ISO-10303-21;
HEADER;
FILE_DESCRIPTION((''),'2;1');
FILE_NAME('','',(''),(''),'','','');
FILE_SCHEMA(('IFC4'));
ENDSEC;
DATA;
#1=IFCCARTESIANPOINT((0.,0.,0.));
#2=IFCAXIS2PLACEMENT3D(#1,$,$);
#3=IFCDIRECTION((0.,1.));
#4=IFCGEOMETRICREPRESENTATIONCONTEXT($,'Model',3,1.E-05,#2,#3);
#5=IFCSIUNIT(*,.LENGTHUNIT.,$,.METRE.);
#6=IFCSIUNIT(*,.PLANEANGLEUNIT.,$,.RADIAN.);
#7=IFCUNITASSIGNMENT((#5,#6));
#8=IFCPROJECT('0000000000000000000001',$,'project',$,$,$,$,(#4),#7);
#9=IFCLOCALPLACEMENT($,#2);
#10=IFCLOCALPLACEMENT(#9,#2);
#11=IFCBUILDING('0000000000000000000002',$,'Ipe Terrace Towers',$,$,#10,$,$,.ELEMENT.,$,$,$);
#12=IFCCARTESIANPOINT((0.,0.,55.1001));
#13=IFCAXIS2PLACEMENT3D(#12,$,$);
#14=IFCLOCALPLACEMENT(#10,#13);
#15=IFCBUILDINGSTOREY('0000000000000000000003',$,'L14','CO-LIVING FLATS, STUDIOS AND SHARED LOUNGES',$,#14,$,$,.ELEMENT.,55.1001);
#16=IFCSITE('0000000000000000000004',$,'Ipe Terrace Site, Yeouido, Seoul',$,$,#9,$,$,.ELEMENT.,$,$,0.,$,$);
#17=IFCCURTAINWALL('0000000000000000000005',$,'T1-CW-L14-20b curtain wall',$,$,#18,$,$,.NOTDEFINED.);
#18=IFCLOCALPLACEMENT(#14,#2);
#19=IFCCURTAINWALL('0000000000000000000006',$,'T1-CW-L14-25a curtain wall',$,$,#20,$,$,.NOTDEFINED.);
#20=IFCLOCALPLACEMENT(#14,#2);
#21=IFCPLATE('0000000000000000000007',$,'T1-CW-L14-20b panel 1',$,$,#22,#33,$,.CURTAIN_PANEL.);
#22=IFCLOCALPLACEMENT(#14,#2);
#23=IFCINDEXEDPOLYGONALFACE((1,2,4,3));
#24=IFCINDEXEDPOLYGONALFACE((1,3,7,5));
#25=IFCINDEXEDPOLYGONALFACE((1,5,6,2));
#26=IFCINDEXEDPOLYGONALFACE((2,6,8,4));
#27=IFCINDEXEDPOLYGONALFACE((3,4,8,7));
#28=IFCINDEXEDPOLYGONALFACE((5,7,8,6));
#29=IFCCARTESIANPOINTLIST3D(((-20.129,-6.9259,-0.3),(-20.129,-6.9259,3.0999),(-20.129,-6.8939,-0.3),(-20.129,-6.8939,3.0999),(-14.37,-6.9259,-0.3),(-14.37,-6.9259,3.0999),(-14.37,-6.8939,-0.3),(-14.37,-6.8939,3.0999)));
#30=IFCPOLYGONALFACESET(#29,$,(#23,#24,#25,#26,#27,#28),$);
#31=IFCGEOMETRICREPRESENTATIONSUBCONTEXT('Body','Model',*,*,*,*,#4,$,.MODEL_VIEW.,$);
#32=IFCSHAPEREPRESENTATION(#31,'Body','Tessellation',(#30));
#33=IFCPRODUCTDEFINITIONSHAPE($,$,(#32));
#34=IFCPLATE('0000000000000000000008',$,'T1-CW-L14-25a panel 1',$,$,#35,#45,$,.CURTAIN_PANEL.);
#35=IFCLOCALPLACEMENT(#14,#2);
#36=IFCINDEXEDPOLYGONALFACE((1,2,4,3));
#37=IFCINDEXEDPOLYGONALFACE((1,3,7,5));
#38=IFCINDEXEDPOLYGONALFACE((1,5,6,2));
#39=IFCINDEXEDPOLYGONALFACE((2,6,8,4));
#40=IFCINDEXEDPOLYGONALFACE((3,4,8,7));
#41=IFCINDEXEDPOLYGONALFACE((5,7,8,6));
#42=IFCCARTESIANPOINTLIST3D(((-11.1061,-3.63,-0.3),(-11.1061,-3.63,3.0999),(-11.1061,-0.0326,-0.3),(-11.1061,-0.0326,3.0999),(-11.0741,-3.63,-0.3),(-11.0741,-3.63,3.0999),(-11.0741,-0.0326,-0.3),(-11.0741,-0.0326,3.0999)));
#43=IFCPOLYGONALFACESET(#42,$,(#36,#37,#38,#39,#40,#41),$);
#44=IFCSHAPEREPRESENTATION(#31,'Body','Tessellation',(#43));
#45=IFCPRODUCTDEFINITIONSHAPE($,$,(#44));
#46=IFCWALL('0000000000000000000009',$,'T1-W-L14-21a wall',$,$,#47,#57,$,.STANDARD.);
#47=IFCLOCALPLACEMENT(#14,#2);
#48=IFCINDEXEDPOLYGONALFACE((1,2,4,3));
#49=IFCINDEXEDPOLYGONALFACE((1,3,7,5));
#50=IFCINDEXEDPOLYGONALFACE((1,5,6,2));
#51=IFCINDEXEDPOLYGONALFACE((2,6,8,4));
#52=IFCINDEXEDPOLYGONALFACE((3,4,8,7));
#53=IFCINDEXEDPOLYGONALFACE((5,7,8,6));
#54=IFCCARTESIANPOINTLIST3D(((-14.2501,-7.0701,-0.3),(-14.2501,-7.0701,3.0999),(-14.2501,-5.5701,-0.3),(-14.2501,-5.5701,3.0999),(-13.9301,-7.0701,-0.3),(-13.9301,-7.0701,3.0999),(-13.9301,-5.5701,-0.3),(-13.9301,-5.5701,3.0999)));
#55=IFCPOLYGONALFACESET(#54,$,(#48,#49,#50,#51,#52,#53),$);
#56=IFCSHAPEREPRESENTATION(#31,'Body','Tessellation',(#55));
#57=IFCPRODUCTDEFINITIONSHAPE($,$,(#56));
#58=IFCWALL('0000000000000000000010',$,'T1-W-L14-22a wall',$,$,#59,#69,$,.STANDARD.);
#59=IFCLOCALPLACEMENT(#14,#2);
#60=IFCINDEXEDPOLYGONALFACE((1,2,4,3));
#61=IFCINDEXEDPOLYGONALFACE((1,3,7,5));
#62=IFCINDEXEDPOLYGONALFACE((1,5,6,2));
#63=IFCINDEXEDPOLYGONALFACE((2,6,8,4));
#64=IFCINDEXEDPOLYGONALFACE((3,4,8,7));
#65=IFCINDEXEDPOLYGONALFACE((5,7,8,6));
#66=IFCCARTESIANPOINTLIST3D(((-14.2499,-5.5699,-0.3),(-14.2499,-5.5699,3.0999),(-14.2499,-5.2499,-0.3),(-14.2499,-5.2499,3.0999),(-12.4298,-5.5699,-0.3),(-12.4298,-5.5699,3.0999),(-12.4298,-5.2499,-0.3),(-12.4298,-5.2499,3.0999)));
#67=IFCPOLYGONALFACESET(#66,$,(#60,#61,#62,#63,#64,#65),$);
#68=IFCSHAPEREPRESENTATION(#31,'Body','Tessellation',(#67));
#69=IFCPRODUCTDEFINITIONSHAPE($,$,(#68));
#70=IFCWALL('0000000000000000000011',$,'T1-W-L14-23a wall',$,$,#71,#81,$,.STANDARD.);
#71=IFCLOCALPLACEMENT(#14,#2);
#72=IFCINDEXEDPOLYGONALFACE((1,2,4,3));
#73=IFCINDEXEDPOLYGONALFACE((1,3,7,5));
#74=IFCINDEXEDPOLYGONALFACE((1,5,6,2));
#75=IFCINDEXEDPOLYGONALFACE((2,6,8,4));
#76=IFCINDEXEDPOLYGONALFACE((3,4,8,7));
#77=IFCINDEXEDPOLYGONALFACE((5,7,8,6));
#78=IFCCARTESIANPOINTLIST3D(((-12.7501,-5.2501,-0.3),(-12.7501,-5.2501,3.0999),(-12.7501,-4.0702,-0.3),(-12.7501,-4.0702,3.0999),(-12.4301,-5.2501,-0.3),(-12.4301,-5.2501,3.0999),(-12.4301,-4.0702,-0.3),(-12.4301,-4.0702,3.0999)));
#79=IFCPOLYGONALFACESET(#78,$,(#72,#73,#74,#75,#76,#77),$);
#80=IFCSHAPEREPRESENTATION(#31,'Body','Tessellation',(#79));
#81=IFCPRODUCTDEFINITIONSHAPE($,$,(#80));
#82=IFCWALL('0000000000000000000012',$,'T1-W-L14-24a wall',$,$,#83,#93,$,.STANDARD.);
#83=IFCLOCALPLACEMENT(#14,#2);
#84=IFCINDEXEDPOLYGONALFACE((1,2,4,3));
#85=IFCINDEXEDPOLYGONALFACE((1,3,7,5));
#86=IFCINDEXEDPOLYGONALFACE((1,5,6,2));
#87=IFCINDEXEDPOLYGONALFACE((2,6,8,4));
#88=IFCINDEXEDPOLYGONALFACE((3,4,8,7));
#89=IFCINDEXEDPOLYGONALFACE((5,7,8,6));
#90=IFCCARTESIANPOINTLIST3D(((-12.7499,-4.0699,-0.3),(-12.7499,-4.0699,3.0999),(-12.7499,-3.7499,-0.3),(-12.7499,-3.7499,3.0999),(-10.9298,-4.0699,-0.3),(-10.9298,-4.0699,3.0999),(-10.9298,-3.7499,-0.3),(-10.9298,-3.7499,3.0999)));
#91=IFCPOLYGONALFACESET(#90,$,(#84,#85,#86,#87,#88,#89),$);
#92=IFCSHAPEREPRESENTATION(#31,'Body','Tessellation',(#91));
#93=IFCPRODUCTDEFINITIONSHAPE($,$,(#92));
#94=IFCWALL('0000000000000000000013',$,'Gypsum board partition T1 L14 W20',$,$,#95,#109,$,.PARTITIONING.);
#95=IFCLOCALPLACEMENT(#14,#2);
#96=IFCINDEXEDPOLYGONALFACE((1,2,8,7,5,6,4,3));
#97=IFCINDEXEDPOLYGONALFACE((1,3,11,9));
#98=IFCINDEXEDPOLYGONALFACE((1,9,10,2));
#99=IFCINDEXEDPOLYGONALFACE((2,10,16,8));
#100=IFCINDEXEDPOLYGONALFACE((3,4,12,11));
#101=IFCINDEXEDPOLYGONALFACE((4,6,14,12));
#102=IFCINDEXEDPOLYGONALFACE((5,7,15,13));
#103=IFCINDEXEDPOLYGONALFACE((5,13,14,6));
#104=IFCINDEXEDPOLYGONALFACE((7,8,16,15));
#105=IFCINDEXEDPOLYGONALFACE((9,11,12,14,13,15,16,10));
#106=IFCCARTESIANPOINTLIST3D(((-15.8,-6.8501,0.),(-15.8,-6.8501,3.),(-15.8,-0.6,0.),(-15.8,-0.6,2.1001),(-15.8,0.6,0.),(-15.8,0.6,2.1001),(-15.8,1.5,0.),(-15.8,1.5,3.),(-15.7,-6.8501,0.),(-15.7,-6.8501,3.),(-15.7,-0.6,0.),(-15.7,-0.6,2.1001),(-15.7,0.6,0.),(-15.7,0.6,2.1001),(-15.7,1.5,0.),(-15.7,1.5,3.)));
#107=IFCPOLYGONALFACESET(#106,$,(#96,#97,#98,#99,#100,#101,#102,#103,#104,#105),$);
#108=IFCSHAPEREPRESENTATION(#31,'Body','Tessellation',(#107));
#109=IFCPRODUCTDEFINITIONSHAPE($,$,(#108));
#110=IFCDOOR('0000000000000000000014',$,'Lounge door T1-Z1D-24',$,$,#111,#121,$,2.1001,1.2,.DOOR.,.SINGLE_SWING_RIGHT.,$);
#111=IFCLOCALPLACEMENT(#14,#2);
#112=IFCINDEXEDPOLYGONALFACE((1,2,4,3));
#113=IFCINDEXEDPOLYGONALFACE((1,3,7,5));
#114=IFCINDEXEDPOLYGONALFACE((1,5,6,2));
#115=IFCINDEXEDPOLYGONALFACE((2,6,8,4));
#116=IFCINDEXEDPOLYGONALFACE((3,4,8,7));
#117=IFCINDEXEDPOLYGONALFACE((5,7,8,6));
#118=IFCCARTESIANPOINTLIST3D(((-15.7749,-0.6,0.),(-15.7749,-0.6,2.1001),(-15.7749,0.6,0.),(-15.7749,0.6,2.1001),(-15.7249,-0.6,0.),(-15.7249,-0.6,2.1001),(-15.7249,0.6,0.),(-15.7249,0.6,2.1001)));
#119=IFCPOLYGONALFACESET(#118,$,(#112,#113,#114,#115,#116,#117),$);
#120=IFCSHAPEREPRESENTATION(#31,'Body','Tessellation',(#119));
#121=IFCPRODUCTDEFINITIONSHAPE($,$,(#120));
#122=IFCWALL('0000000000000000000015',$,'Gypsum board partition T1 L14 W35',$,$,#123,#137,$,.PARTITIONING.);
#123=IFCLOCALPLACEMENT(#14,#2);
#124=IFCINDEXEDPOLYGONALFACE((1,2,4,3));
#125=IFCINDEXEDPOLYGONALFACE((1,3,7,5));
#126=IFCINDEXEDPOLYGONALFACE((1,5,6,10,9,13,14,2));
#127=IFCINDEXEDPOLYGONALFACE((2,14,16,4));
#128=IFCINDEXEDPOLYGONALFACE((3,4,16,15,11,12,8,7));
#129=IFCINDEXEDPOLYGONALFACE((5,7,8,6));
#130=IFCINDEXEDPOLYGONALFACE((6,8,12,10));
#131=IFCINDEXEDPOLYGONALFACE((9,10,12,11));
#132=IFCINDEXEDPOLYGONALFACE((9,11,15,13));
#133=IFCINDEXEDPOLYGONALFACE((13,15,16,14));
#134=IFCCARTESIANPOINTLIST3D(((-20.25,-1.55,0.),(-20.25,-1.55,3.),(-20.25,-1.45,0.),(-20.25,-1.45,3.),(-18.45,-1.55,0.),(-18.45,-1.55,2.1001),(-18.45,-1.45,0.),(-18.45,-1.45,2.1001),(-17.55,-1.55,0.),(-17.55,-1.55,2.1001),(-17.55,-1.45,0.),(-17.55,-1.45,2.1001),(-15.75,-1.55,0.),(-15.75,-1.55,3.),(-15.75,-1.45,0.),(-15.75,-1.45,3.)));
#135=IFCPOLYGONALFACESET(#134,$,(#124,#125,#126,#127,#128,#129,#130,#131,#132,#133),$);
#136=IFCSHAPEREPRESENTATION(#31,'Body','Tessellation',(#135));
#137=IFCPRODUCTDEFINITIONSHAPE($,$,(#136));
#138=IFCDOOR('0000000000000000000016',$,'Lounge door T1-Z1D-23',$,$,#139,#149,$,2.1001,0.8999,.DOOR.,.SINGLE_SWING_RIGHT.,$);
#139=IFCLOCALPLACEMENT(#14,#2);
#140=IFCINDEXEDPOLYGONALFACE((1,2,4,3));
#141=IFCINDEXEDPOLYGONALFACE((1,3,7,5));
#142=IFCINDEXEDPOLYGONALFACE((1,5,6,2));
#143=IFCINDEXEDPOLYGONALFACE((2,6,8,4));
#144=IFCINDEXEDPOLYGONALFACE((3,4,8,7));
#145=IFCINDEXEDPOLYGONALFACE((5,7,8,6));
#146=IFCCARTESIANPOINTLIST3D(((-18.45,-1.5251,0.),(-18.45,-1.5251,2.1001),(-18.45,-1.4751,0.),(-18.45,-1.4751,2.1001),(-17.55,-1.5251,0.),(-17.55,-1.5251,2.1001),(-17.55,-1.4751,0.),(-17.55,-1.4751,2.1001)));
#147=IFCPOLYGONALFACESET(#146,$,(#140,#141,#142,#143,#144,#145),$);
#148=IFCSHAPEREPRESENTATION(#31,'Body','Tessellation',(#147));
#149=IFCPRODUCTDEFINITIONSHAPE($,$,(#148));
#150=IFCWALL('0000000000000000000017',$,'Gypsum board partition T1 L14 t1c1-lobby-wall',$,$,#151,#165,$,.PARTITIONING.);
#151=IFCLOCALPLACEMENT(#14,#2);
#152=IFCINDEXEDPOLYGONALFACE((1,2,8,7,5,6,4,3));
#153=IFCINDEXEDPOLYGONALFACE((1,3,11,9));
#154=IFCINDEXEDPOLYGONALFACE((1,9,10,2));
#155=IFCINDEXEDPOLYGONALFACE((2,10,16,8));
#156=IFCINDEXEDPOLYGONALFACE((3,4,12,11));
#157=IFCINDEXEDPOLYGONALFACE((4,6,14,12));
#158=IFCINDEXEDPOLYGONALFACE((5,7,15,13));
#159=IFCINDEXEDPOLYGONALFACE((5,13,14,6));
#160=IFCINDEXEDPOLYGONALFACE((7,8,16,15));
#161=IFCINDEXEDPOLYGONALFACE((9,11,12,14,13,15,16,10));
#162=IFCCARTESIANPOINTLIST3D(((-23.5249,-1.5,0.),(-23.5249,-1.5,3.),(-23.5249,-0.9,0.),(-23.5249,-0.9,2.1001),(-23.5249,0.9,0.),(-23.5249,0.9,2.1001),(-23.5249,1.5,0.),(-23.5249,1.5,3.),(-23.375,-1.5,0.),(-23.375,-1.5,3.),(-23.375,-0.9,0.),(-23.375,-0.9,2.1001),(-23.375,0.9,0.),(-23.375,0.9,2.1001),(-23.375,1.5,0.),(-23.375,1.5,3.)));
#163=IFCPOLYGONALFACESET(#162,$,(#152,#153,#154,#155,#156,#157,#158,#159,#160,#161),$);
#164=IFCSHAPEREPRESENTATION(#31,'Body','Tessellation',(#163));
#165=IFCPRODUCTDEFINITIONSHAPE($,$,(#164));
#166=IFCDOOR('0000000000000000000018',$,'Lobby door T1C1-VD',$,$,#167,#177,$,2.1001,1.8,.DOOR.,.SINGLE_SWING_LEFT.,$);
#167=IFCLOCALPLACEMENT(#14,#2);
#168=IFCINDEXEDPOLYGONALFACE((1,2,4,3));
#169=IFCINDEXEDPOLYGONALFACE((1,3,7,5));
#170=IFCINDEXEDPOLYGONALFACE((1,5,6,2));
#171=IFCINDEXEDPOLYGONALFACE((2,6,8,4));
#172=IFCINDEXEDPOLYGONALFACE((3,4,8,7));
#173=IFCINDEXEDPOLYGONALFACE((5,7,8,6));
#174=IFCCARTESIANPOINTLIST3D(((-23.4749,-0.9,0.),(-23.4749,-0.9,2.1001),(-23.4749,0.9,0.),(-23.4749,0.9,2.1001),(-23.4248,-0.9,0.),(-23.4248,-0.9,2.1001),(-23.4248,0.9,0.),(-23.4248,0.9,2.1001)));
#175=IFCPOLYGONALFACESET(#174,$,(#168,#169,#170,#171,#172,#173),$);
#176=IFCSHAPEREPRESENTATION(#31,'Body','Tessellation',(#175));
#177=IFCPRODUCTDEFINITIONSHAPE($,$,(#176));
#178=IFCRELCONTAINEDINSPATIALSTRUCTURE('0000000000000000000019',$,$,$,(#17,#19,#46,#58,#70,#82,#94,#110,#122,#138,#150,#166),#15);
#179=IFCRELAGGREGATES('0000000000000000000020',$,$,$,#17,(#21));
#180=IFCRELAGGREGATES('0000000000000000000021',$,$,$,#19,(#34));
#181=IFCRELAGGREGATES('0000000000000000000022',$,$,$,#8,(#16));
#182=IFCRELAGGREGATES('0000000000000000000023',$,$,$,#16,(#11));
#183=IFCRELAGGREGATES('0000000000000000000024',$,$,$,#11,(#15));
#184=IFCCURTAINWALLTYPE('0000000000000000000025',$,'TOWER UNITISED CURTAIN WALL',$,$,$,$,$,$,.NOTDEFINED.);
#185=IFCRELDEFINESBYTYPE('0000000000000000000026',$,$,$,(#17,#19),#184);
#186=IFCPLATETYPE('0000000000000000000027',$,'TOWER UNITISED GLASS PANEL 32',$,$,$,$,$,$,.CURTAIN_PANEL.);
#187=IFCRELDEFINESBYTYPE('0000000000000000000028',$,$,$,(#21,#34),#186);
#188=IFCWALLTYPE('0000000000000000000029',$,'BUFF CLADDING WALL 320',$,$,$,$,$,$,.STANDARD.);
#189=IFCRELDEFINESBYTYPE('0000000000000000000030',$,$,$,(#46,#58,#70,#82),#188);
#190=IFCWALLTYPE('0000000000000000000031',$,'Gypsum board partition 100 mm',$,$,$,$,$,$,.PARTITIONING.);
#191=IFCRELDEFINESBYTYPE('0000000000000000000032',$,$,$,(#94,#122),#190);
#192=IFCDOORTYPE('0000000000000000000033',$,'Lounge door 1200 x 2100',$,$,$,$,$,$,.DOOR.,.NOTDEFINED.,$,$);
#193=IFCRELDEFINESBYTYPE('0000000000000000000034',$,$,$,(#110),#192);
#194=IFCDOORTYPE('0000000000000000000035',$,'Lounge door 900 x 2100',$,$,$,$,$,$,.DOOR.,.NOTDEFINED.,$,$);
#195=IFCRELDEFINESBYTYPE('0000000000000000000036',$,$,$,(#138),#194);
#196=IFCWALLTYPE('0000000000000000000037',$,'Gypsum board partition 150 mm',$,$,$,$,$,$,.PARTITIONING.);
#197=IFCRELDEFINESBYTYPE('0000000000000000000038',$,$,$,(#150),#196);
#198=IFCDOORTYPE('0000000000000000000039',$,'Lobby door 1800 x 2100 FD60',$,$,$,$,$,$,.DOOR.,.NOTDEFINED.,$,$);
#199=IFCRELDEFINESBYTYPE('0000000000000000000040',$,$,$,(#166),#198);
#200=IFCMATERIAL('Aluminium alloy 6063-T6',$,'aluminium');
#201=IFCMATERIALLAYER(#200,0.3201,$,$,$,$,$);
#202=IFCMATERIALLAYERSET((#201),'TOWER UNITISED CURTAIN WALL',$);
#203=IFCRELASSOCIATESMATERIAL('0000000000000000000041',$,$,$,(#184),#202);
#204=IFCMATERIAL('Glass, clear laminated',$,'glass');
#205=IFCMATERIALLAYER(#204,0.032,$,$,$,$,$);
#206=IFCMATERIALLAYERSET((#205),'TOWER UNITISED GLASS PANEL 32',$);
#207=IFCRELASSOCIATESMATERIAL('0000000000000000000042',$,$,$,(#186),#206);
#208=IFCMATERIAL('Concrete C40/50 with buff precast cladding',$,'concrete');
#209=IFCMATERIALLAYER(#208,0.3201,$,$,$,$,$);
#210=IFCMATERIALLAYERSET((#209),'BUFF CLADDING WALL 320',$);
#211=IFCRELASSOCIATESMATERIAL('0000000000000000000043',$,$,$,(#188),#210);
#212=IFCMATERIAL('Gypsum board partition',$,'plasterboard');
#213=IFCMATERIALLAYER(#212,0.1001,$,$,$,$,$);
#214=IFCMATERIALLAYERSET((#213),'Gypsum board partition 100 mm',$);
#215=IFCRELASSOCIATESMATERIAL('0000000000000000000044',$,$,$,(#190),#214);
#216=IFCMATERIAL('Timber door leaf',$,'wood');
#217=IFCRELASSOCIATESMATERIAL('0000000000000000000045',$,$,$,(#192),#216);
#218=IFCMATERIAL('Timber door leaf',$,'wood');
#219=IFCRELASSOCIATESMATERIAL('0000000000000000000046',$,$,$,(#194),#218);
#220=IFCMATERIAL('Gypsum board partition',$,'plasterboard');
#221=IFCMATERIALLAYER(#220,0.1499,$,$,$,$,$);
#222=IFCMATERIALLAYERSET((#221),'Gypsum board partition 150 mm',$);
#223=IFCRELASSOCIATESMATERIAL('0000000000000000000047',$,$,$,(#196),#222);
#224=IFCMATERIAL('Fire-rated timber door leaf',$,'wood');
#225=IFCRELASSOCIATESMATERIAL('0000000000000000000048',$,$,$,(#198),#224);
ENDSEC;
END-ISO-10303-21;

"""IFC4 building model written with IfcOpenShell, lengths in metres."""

from ifc_helpers import new_model, si_unit, direction, frame, frame_2d, origin, origin_2d, place, context, subcontext, project, spatial, rectangle, extrude, material, layer, layer_set, type_object, element, fill, aggregate, save


model = new_model("IFC4")

# Units and contexts
model_context = context("Model", 3, precision=1e-05, world=origin(), true_north=direction((0.0, 1.0)))
body_context = subcontext(model_context, "Body", "Model", "MODEL_VIEW")
ifc_project = project(units=[si_unit("LENGTHUNIT", "METRE"), si_unit("PLANEANGLEUNIT", "RADIAN")], contexts=[model_context])

# Site, building, storey
site_placement = place(None, origin())
site = spatial("IfcSite", under=ifc_project, at=site_placement, Name="Ipe Terrace Site, Yeouido, Seoul", CompositionType="ELEMENT", RefElevation=0.0)
building_placement = place(site_placement, origin())
building = spatial("IfcBuilding", under=site, at=building_placement, Name="Ipe Terrace Towers", CompositionType="ELEMENT")
storey_placement = place(building_placement, frame((0.0, 0.0, 55.1001)))
storey = spatial("IfcBuildingStorey", under=building, at=storey_placement, Name="L14", Description="CO-LIVING FLATS, STUDIOS AND SHARED LOUNGES", CompositionType="ELEMENT", Elevation=55.1001)

# Curtain walls
ifc_material_1 = material(Name="Aluminium alloy 6063-T6", Category="aluminium")
ifc_layer_1 = layer(ifc_material_1, 0.3201)
ifc_layer_set_1 = layer_set([ifc_layer_1], Name="TOWER UNITISED CURTAIN WALL")
curtain_wall_type = type_object("IfcCurtainWallType", Name="TOWER UNITISED CURTAIN WALL", PredefinedType="NOTDEFINED", material=ifc_layer_set_1)
curtain_wall_1_placement = place(storey_placement, origin())
curtain_wall_1 = element("IfcCurtainWall", 1, at=curtain_wall_1_placement, inside=storey, type_object=curtain_wall_type, Name="T1-CW-L14-20b curtain wall", PredefinedType="NOTDEFINED")
curtain_wall_2_placement = place(storey_placement, origin())
curtain_wall_2 = element("IfcCurtainWall", 2, at=curtain_wall_2_placement, inside=storey, type_object=curtain_wall_type, Name="T1-CW-L14-25a curtain wall", PredefinedType="NOTDEFINED")

# Plates
ifc_material_2 = material(Name="Glass, clear laminated", Category="glass")
ifc_layer_2 = layer(ifc_material_2, 0.032)
ifc_layer_set_2 = layer_set([ifc_layer_2], Name="TOWER UNITISED GLASS PANEL 32")
plate_type = type_object("IfcPlateType", Name="TOWER UNITISED GLASS PANEL 32", PredefinedType="CURTAIN_PANEL", material=ifc_layer_set_2)
plate_1_placement = place(storey_placement, frame((-17.2495, -6.9099, -0.3), z_axis=(0.0, 0.0, 1.0), x_axis=(1.0, 0.0, 0.0)))
plate_1 = element("IfcPlate", 3, at=plate_1_placement, type_object=plate_type, Name="T1-CW-L14-20b panel 1", PredefinedType="CURTAIN_PANEL", context=body_context, shape_type="SweptSolid", body=[
    extrude(rectangle(XDim=5.759, YDim=0.032, at=origin_2d()), origin(), (0.0, 0.0, 1.0), 3.3999),
])
aggregate(curtain_wall_1, [plate_1])
plate_2_placement = place(storey_placement, frame((-11.0901, -1.8313, -0.3), z_axis=(0.0, 0.0, 1.0), x_axis=(0.0, 1.0, 0.0)))
plate_2 = element("IfcPlate", 4, at=plate_2_placement, type_object=plate_type, Name="T1-CW-L14-25a panel 1", PredefinedType="CURTAIN_PANEL", context=body_context, shape_type="SweptSolid", body=[
    extrude(rectangle(XDim=3.5974, YDim=0.032, at=origin_2d()), origin(), (0.0, 0.0, 1.0), 3.3999),
])
aggregate(curtain_wall_2, [plate_2])

# Walls
ifc_material_3 = material(Name="Concrete C40/50 with buff precast cladding", Category="concrete")
ifc_layer_3 = layer(ifc_material_3, 0.3201)
ifc_layer_set_3 = layer_set([ifc_layer_3], Name="BUFF CLADDING WALL 320")
wall_type_1 = type_object("IfcWallType", Name="BUFF CLADDING WALL 320", PredefinedType="STANDARD", material=ifc_layer_set_3)
wall_1_placement = place(storey_placement, frame((-14.0901, -7.0701, -0.3), z_axis=(0.0, 0.0, 1.0), x_axis=(0.0, 1.0, 0.0)))
element("IfcWall", 5, at=wall_1_placement, inside=storey, type_object=wall_type_1, Name="T1-W-L14-21a wall", PredefinedType="STANDARD", context=body_context, shape_type="SweptSolid", body=[
    extrude(rectangle(XDim=1.5, YDim=0.3201, at=frame_2d((0.75, 0.0))), origin(), (0.0, 0.0, 1.0), 3.3999),
])
wall_2_placement = place(storey_placement, frame((-14.25, -5.4099, -0.3), z_axis=(0.0, 0.0, 1.0), x_axis=(1.0, 0.0, 0.0)))
element("IfcWall", 6, at=wall_2_placement, inside=storey, type_object=wall_type_1, Name="T1-W-L14-22a wall", PredefinedType="STANDARD", context=body_context, shape_type="SweptSolid", body=[
    extrude(rectangle(XDim=1.8201, YDim=0.3201, at=frame_2d((0.9102, 0.0))), origin(), (0.0, 0.0, 1.0), 3.3999),
])
wall_3_placement = place(storey_placement, frame((-12.5901, -5.25, -0.3), z_axis=(0.0, 0.0, 1.0), x_axis=(0.0, 1.0, 0.0)))
element("IfcWall", 7, at=wall_3_placement, inside=storey, type_object=wall_type_1, Name="T1-W-L14-23a wall", PredefinedType="STANDARD", context=body_context, shape_type="SweptSolid", body=[
    extrude(rectangle(XDim=1.1799, YDim=0.3201, at=frame_2d((0.5898, 0.0))), origin(), (0.0, 0.0, 1.0), 3.3999),
])
wall_4_placement = place(storey_placement, frame((-12.75, -3.9099, -0.3), z_axis=(0.0, 0.0, 1.0), x_axis=(1.0, 0.0, 0.0)))
element("IfcWall", 8, at=wall_4_placement, inside=storey, type_object=wall_type_1, Name="T1-W-L14-24a wall", PredefinedType="STANDARD", context=body_context, shape_type="SweptSolid", body=[
    extrude(rectangle(XDim=1.8201, YDim=0.3201, at=frame_2d((0.9102, 0.0))), origin(), (0.0, 0.0, 1.0), 3.3999),
])

# Walls, openings, doors
ifc_material_4 = material(Name="Gypsum board partition", Category="plasterboard")
ifc_layer_4 = layer(ifc_material_4, 0.1001)
ifc_layer_set_4 = layer_set([ifc_layer_4], Name="Gypsum board partition 100 mm")
wall_type_2 = type_object("IfcWallType", Name="Gypsum board partition 100 mm", PredefinedType="PARTITIONING", material=ifc_layer_set_4)
wall_5_placement = place(storey_placement, frame((-15.75, -6.8501, 0.0), z_axis=(0.0, 0.0, 1.0), x_axis=(0.0, 1.0, 0.0)))
wall_5 = element("IfcWall", 9, at=wall_5_placement, inside=storey, type_object=wall_type_2, Name="Gypsum board partition T1 L14 W20", PredefinedType="PARTITIONING", context=body_context, shape_type="SweptSolid", body=[
    extrude(rectangle(XDim=8.3501, YDim=0.1001, at=frame_2d((4.175, 0.0))), origin(), (0.0, 0.0, 1.0), 3.0),
])
opening_1_placement = place(wall_5_placement, frame((6.25, 0.0, 0.0)))
opening_1 = element("IfcOpeningElement", 10, at=opening_1_placement, cuts=wall_5, PredefinedType="OPENING", context=body_context, shape_type="SweptSolid", body=[
    extrude(rectangle(XDim=1.2, YDim=2.1001, at=frame_2d((0.6001, 1.05))), frame((0.0, 0.0601, 0.0), z_axis=(0.0, -1.0, 0.0), x_axis=(1.0, 0.0, 0.0)), (0.0, 0.0, 1.0), 0.1201),
])
ifc_material_5 = material(Name="Timber door leaf", Category="wood")
door_type_1 = type_object("IfcDoorType", Name="Lounge door 1200 x 2100", OperationType="NOTDEFINED", PredefinedType="DOOR", material=ifc_material_5)
door_1_placement = place(opening_1_placement, origin())
door_1 = element("IfcDoor", 11, at=door_1_placement, inside=storey, type_object=door_type_1, Name="Lounge door T1-Z1D-24", OperationType="SINGLE_SWING_RIGHT", OverallHeight=2.1001, OverallWidth=1.2, PredefinedType="DOOR", context=body_context, shape_type="SweptSolid", body=[
    extrude(rectangle(XDim=1.2, YDim=2.1001, at=frame_2d((0.6001, 1.05))), frame((0.0, 0.0249, 0.0), z_axis=(0.0, -1.0, 0.0), x_axis=(1.0, 0.0, 0.0)), (0.0, 0.0, 1.0), 0.05),
])
fill(opening_1, door_1)
wall_6_placement = place(storey_placement, frame((-20.25, -1.5, 0.0), z_axis=(0.0, 0.0, 1.0), x_axis=(1.0, 0.0, 0.0)))
wall_6 = element("IfcWall", 12, at=wall_6_placement, inside=storey, type_object=wall_type_2, Name="Gypsum board partition T1 L14 W35", PredefinedType="PARTITIONING", context=body_context, shape_type="SweptSolid", body=[
    extrude(rectangle(XDim=4.5, YDim=0.1001, at=frame_2d((2.25, 0.0))), origin(), (0.0, 0.0, 1.0), 3.0),
])
opening_2_placement = place(wall_6_placement, frame((1.8, 0.0, 0.0)))
opening_2 = element("IfcOpeningElement", 13, at=opening_2_placement, cuts=wall_6, PredefinedType="OPENING", context=body_context, shape_type="SweptSolid", body=[
    extrude(rectangle(XDim=0.8999, YDim=2.1001, at=frame_2d((0.45, 1.05))), frame((0.0, 0.0601, 0.0), z_axis=(0.0, -1.0, 0.0), x_axis=(1.0, 0.0, 0.0)), (0.0, 0.0, 1.0), 0.1201),
])
ifc_material_6 = material(Name="Timber door leaf", Category="wood")
door_type_2 = type_object("IfcDoorType", Name="Lounge door 900 x 2100", OperationType="NOTDEFINED", PredefinedType="DOOR", material=ifc_material_6)
door_2_placement = place(opening_2_placement, origin())
door_2 = element("IfcDoor", 14, at=door_2_placement, inside=storey, type_object=door_type_2, Name="Lounge door T1-Z1D-23", OperationType="SINGLE_SWING_RIGHT", OverallHeight=2.1001, OverallWidth=0.8999, PredefinedType="DOOR", context=body_context, shape_type="SweptSolid", body=[
    extrude(rectangle(XDim=0.8999, YDim=2.1001, at=frame_2d((0.45, 1.05))), frame((0.0, 0.0249, 0.0), z_axis=(0.0, -1.0, 0.0), x_axis=(1.0, 0.0, 0.0)), (0.0, 0.0, 1.0), 0.05),
])
fill(opening_2, door_2)
ifc_material_7 = material(Name="Gypsum board partition", Category="plasterboard")
ifc_layer_5 = layer(ifc_material_7, 0.1499)
ifc_layer_set_5 = layer_set([ifc_layer_5], Name="Gypsum board partition 150 mm")
wall_type_3 = type_object("IfcWallType", Name="Gypsum board partition 150 mm", PredefinedType="PARTITIONING", material=ifc_layer_set_5)
wall_7_placement = place(storey_placement, frame((-23.45, -1.5, 0.0), z_axis=(0.0, 0.0, 1.0), x_axis=(0.0, 1.0, 0.0)))
wall_7 = element("IfcWall", 15, at=wall_7_placement, inside=storey, type_object=wall_type_3, Name="Gypsum board partition T1 L14 t1c1-lobby-wall", PredefinedType="PARTITIONING", context=body_context, shape_type="SweptSolid", body=[
    extrude(rectangle(XDim=3.0, YDim=0.1499, at=frame_2d((1.5, 0.0))), origin(), (0.0, 0.0, 1.0), 3.0),
])
opening_3_placement = place(wall_7_placement, frame((0.6001, 0.0, 0.0)))
opening_3 = element("IfcOpeningElement", 16, at=opening_3_placement, cuts=wall_7, PredefinedType="OPENING", context=body_context, shape_type="SweptSolid", body=[
    extrude(rectangle(XDim=1.8, YDim=2.1001, at=frame_2d((0.8999, 1.05))), frame((0.0, 0.085, 0.0), z_axis=(0.0, -1.0, 0.0), x_axis=(1.0, 0.0, 0.0)), (0.0, 0.0, 1.0), 0.1699),
])
ifc_material_8 = material(Name="Fire-rated timber door leaf", Category="wood")
door_type_3 = type_object("IfcDoorType", Name="Lobby door 1800 x 2100 FD60", OperationType="NOTDEFINED", PredefinedType="DOOR", material=ifc_material_8)
door_3_placement = place(opening_3_placement, origin())
door_3 = element("IfcDoor", 17, at=door_3_placement, inside=storey, type_object=door_type_3, Name="Lobby door T1C1-VD", OperationType="SINGLE_SWING_LEFT", OverallHeight=2.1001, OverallWidth=1.8, PredefinedType="DOOR", context=body_context, shape_type="SweptSolid", body=[
    extrude(rectangle(XDim=1.8, YDim=2.1001, at=frame_2d((0.8999, 1.05))), frame((0.0, 0.0249, 0.0), z_axis=(0.0, -1.0, 0.0), x_axis=(1.0, 0.0, 0.0)), (0.0, 0.0, 1.0), 0.05),
])
fill(opening_3, door_3)

save(model, "model.ifc")
